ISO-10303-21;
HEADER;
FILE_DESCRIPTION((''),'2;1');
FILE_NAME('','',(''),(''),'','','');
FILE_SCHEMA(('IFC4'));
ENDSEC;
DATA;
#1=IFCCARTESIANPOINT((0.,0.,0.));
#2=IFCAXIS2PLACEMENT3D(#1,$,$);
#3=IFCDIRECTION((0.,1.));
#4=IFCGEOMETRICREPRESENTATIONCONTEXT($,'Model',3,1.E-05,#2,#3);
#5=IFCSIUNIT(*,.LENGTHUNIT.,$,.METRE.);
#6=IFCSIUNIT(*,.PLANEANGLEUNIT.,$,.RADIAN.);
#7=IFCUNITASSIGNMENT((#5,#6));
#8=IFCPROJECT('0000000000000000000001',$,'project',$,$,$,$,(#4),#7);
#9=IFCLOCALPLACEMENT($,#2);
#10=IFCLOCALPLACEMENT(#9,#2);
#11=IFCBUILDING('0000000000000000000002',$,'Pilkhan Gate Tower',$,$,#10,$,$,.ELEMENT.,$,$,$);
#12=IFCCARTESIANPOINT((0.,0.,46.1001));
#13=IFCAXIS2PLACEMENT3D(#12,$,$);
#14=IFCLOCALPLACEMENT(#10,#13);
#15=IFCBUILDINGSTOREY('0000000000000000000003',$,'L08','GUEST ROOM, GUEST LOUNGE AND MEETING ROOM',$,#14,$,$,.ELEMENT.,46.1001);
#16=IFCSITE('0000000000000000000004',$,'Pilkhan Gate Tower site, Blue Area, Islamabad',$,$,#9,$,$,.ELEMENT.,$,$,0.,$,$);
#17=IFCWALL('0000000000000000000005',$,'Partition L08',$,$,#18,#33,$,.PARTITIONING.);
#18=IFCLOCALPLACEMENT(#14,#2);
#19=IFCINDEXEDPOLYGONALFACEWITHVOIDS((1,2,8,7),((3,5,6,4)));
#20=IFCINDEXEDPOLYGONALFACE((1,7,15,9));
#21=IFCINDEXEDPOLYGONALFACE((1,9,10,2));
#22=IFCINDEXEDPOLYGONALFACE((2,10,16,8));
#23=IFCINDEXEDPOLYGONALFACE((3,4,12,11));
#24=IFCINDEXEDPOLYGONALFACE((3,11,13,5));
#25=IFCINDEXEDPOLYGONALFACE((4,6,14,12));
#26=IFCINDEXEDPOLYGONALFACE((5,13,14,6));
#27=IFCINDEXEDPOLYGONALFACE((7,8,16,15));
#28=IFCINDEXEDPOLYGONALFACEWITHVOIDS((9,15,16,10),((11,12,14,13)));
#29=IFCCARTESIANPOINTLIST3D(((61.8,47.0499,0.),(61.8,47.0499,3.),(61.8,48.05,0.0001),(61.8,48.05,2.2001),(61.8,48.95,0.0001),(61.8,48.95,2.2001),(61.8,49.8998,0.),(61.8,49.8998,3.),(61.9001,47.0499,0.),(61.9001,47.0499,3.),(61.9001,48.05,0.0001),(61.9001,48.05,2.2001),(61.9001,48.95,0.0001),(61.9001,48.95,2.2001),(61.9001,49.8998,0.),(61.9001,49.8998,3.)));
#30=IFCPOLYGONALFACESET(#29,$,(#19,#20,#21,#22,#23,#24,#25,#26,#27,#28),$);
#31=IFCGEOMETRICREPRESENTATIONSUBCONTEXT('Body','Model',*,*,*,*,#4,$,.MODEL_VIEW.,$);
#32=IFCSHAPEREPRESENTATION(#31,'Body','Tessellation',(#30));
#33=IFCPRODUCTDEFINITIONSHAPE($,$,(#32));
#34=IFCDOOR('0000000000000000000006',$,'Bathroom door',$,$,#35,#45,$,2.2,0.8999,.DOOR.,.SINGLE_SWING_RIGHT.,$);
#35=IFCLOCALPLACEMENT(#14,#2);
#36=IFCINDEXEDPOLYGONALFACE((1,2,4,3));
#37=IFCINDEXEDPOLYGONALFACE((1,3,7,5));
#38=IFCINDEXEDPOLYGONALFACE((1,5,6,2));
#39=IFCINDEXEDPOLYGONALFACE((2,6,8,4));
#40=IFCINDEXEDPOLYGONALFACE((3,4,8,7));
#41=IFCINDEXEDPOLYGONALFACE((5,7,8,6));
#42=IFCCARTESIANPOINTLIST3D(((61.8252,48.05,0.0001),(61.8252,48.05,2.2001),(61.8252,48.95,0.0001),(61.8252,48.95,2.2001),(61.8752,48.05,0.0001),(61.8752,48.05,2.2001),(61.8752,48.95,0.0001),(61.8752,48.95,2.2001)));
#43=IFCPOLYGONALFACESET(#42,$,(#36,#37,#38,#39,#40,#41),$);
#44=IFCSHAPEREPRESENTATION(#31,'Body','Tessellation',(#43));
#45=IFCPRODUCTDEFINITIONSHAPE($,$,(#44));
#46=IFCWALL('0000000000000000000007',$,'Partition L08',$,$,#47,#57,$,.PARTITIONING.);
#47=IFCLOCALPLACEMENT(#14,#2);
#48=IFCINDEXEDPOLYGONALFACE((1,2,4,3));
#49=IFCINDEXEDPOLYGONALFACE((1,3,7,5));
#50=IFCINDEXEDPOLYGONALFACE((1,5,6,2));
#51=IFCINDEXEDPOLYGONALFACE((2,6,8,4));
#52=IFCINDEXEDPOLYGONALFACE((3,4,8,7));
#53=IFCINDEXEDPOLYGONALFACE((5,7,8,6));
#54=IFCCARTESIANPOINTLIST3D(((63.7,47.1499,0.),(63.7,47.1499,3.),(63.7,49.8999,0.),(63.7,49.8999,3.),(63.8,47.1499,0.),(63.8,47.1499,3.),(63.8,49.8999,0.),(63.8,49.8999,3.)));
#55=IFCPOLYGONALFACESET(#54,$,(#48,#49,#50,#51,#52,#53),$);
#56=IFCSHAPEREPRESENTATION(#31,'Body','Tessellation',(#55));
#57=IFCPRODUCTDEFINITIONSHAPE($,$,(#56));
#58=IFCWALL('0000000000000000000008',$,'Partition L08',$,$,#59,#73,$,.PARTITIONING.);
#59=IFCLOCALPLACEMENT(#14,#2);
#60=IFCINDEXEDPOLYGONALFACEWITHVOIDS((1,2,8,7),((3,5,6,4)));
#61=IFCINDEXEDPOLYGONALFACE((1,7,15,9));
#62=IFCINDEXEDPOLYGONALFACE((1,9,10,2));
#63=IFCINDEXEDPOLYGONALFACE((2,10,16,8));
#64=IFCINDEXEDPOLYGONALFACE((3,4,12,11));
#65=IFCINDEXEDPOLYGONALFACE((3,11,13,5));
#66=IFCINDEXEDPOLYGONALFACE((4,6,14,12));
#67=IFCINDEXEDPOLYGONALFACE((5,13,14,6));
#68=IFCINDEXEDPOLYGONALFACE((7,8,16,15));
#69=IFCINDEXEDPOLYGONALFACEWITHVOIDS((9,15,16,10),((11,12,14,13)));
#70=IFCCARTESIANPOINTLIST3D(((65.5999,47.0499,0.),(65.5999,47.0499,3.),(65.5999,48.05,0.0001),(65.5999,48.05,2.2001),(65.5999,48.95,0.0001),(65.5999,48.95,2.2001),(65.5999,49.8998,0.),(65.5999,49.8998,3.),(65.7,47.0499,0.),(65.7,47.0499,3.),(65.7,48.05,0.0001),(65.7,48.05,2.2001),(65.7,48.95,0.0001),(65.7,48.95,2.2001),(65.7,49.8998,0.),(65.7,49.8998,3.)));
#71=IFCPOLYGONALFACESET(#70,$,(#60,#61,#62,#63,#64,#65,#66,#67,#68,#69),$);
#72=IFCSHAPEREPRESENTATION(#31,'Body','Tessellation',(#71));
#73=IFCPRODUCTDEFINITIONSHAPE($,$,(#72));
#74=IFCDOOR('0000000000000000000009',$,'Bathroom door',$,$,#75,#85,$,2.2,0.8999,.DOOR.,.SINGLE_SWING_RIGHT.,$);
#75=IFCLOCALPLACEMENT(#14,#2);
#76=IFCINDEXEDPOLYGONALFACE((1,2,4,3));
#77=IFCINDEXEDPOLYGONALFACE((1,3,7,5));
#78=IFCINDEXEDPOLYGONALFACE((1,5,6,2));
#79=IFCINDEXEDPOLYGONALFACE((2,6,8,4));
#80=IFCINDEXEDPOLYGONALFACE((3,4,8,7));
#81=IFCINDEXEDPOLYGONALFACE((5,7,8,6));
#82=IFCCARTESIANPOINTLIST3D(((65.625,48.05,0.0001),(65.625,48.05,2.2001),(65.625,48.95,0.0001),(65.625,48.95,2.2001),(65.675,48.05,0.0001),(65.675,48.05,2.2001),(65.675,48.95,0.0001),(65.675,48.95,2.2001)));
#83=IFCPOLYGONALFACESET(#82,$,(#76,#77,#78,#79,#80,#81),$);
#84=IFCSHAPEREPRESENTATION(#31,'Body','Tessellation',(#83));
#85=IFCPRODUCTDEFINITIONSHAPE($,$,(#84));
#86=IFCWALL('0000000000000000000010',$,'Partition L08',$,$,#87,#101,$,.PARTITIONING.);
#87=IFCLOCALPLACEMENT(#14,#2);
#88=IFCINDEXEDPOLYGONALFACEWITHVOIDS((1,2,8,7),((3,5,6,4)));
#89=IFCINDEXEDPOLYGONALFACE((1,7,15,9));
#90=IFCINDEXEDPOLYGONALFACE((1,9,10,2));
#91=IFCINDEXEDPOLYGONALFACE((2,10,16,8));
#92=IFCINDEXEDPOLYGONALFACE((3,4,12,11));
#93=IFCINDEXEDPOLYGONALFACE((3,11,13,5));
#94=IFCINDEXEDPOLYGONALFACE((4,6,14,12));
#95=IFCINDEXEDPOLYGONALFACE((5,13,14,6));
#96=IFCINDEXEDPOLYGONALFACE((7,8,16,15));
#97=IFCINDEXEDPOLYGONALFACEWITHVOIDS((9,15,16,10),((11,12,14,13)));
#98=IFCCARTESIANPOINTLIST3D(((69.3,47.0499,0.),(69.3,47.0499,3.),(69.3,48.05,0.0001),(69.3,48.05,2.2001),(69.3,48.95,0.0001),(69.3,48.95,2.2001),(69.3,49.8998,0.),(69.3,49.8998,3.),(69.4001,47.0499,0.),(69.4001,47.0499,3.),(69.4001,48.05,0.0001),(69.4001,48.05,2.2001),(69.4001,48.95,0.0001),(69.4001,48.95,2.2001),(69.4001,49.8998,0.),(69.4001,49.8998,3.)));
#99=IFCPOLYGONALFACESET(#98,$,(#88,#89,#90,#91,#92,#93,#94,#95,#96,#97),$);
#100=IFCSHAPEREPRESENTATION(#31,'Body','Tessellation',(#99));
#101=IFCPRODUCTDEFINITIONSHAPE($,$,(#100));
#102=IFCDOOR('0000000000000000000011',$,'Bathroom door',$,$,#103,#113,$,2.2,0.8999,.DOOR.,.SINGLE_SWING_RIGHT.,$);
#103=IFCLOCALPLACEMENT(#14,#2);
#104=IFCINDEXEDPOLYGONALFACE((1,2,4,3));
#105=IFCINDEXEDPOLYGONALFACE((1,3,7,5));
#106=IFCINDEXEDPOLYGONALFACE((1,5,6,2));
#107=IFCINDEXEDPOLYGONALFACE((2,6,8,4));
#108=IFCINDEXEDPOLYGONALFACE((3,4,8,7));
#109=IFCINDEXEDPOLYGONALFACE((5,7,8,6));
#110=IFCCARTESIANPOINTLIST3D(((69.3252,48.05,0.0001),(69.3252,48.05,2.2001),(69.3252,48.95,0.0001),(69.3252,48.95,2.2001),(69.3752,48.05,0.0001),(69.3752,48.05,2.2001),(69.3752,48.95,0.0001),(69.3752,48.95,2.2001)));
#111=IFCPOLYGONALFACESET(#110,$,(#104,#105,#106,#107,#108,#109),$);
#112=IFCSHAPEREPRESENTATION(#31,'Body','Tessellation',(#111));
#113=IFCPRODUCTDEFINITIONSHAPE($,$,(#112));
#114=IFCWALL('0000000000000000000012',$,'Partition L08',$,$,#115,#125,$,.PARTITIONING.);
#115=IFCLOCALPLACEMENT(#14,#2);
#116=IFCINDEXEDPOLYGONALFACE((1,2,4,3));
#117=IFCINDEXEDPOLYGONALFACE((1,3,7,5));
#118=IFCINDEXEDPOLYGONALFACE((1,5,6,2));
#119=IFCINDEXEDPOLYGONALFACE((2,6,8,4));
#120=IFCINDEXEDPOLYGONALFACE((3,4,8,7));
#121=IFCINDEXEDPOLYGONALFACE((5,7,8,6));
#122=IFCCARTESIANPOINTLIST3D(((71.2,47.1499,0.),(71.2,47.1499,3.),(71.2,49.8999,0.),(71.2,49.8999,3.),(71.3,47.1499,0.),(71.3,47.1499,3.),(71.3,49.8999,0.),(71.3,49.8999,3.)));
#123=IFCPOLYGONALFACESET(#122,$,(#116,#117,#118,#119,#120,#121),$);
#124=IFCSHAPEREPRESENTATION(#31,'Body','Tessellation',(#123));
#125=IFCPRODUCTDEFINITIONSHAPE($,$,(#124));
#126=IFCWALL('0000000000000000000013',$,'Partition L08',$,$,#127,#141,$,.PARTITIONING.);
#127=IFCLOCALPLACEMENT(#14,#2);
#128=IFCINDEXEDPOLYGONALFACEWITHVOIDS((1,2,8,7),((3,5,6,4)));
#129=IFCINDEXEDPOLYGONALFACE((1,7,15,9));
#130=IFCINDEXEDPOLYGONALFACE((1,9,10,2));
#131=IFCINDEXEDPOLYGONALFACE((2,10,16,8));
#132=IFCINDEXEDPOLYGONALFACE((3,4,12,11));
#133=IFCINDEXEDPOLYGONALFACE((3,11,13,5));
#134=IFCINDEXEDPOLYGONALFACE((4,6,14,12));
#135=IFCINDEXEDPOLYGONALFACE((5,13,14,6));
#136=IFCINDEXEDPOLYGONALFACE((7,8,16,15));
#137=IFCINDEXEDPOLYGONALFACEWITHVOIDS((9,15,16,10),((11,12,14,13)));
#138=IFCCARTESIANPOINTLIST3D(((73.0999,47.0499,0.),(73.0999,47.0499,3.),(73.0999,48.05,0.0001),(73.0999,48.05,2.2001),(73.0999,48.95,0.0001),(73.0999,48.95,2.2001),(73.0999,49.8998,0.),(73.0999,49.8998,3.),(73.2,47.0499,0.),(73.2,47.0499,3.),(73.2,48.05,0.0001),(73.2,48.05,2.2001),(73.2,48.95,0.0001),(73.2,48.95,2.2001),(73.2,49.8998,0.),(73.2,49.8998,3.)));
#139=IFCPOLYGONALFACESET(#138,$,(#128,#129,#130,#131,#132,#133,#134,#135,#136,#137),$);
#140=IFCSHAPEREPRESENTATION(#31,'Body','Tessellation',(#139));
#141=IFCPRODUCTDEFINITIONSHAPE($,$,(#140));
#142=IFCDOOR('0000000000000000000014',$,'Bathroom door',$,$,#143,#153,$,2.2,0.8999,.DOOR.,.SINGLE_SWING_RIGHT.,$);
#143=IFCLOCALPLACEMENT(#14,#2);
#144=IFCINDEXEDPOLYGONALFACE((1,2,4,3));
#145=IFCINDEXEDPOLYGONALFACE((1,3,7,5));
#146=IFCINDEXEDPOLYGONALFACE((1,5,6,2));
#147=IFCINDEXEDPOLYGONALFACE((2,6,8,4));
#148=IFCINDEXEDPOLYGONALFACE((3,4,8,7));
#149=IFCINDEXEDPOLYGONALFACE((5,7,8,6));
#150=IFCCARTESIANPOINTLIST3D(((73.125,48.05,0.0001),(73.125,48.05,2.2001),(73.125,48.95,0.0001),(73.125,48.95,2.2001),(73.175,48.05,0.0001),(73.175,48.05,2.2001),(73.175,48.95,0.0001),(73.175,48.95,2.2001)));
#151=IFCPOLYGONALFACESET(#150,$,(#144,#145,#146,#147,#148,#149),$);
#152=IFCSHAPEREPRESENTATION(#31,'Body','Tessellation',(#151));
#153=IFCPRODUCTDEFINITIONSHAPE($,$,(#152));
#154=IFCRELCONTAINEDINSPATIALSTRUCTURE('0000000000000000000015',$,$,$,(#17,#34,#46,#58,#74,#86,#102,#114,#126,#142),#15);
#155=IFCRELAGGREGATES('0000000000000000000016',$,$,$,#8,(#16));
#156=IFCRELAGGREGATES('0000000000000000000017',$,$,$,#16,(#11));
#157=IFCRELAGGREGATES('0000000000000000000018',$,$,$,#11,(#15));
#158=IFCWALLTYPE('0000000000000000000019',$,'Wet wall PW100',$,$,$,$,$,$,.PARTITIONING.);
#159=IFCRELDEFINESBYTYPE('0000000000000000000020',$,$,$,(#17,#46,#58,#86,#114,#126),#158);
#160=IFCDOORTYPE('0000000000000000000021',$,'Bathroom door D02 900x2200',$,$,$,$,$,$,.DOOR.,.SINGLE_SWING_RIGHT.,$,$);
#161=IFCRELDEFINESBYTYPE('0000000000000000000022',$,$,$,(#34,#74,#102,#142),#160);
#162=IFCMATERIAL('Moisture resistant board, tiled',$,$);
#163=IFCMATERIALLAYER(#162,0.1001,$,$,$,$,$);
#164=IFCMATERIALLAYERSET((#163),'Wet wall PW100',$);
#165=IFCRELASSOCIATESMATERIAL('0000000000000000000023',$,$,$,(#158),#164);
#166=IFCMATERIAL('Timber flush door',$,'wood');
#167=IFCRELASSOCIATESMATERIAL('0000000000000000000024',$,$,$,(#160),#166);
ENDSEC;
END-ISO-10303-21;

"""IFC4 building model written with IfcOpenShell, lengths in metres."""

from ifc_helpers import new_model, si_unit, direction, frame, frame_2d, origin, place, context, subcontext, project, spatial, rectangle, extrude, material, layer, layer_set, type_object, element, fill, save


model = new_model("IFC4")

# Units and contexts
model_context = context("Model", 3, precision=1e-05, world=origin(), true_north=direction((0.0, 1.0)))
body_context = subcontext(model_context, "Body", "Model", "MODEL_VIEW")
ifc_project = project(units=[si_unit("LENGTHUNIT", "METRE"), si_unit("PLANEANGLEUNIT", "RADIAN")], contexts=[model_context])

# Site, building, storey
site_placement = place(None, origin())
site = spatial("IfcSite", under=ifc_project, at=site_placement, Name="Pilkhan Gate Tower site, Blue Area, Islamabad", CompositionType="ELEMENT", RefElevation=0.0)
building_placement = place(site_placement, origin())
building = spatial("IfcBuilding", under=site, at=building_placement, Name="Pilkhan Gate Tower", CompositionType="ELEMENT")
storey_placement = place(building_placement, frame((0.0, 0.0, 46.1001)))
storey = spatial("IfcBuildingStorey", under=building, at=storey_placement, Name="L08", Description="GUEST ROOM, GUEST LOUNGE AND MEETING ROOM", CompositionType="ELEMENT", Elevation=46.1001)

# Shared definitions
ifc_material_1 = material(Name="Moisture resistant board, tiled")
ifc_layer_1 = layer(ifc_material_1, 0.1001)
ifc_layer_set_1 = layer_set([ifc_layer_1], Name="Wet wall PW100")
wall_type_1 = type_object("IfcWallType", Name="Wet wall PW100", PredefinedType="PARTITIONING", material=ifc_layer_set_1)

# Wall, opening, door
wall_1_placement = place(storey_placement, frame((61.8501, 47.05, 0.0), z_axis=(0.0, 0.0, 1.0), x_axis=(0.0, 1.0, 0.0)))
wall_1 = element("IfcWall", 1, at=wall_1_placement, inside=storey, type_object=wall_type_1, Name="Partition L08", PredefinedType="PARTITIONING", context=body_context, shape_type="SweptSolid", body=[
    extrude(rectangle(XDim=2.8499, YDim=0.1001, at=frame_2d((1.4248, 0.0))), origin(), (0.0, 0.0, 1.0), 3.0),
])
opening_1_placement = place(wall_1_placement, frame((1.0, 0.0, 0.0)))
opening_1 = element("IfcOpeningElement", 2, at=opening_1_placement, cuts=wall_1, PredefinedType="OPENING", context=body_context, shape_type="SweptSolid", body=[
    extrude(rectangle(XDim=0.8999, YDim=2.2, at=frame_2d((0.45, 1.1001))), frame((0.0, 0.0601, 0.0), z_axis=(0.0, -1.0, 0.0), x_axis=(1.0, 0.0, 0.0)), (0.0, 0.0, 1.0), 0.1201),
])
ifc_material_2 = material(Name="Timber flush door", Category="wood")
door_type_1 = type_object("IfcDoorType", Name="Bathroom door D02 900x2200", OperationType="SINGLE_SWING_RIGHT", PredefinedType="DOOR", material=ifc_material_2)
door_1_placement = place(opening_1_placement, origin())
door_1 = element("IfcDoor", 3, at=door_1_placement, inside=storey, type_object=door_type_1, Name="Bathroom door", OperationType="SINGLE_SWING_RIGHT", OverallHeight=2.2, OverallWidth=0.8999, PredefinedType="DOOR", context=body_context, shape_type="SweptSolid", body=[
    extrude(rectangle(XDim=0.8999, YDim=2.2, at=frame_2d((0.45, 1.1001))), frame((0.0, 0.0249, 0.0), z_axis=(0.0, -1.0, 0.0), x_axis=(1.0, 0.0, 0.0)), (0.0, 0.0, 1.0), 0.05),
])
fill(opening_1, door_1)

# Wall
wall_2_placement = place(storey_placement, frame((63.75, 47.1499, 0.0), z_axis=(0.0, 0.0, 1.0), x_axis=(0.0, 1.0, 0.0)))
element("IfcWall", 4, at=wall_2_placement, inside=storey, type_object=wall_type_1, Name="Partition L08", PredefinedType="PARTITIONING", context=body_context, shape_type="SweptSolid", body=[
    extrude(rectangle(XDim=2.75, YDim=0.1001, at=frame_2d((1.375, 0.0))), origin(), (0.0, 0.0, 1.0), 3.0),
])

# Walls, openings, doors
wall_3_placement = place(storey_placement, frame((65.6499, 47.05, 0.0), z_axis=(0.0, 0.0, 1.0), x_axis=(0.0, 1.0, 0.0)))
wall_3 = element("IfcWall", 5, at=wall_3_placement, inside=storey, type_object=wall_type_1, Name="Partition L08", PredefinedType="PARTITIONING", context=body_context, shape_type="SweptSolid", body=[
    extrude(rectangle(XDim=2.8499, YDim=0.1001, at=frame_2d((1.4248, 0.0))), origin(), (0.0, 0.0, 1.0), 3.0),
])
opening_2_placement = place(wall_3_placement, frame((1.0, 0.0, 0.0)))
opening_2 = element("IfcOpeningElement", 6, at=opening_2_placement, cuts=wall_3, PredefinedType="OPENING", context=body_context, shape_type="SweptSolid", body=[
    extrude(rectangle(XDim=0.8999, YDim=2.2, at=frame_2d((0.45, 1.1001))), frame((0.0, 0.0601, 0.0), z_axis=(0.0, -1.0, 0.0), x_axis=(1.0, 0.0, 0.0)), (0.0, 0.0, 1.0), 0.1201),
])
door_2_placement = place(opening_2_placement, origin())
door_2 = element("IfcDoor", 7, at=door_2_placement, inside=storey, type_object=door_type_1, Name="Bathroom door", OperationType="SINGLE_SWING_RIGHT", OverallHeight=2.2, OverallWidth=0.8999, PredefinedType="DOOR", context=body_context, shape_type="SweptSolid", body=[
    extrude(rectangle(XDim=0.8999, YDim=2.2, at=frame_2d((0.45, 1.1001))), frame((0.0, 0.0249, 0.0), z_axis=(0.0, -1.0, 0.0), x_axis=(1.0, 0.0, 0.0)), (0.0, 0.0, 1.0), 0.05),
])
fill(opening_2, door_2)
wall_4_placement = place(storey_placement, frame((69.3501, 47.05, 0.0), z_axis=(0.0, 0.0, 1.0), x_axis=(0.0, 1.0, 0.0)))
wall_4 = element("IfcWall", 8, at=wall_4_placement, inside=storey, type_object=wall_type_1, Name="Partition L08", PredefinedType="PARTITIONING", context=body_context, shape_type="SweptSolid", body=[
    extrude(rectangle(XDim=2.8499, YDim=0.1001, at=frame_2d((1.4248, 0.0))), origin(), (0.0, 0.0, 1.0), 3.0),
])
opening_3_placement = place(wall_4_placement, frame((1.0, 0.0, 0.0)))
opening_3 = element("IfcOpeningElement", 9, at=opening_3_placement, cuts=wall_4, PredefinedType="OPENING", context=body_context, shape_type="SweptSolid", body=[
    extrude(rectangle(XDim=0.8999, YDim=2.2, at=frame_2d((0.45, 1.1001))), frame((0.0, 0.0601, 0.0), z_axis=(0.0, -1.0, 0.0), x_axis=(1.0, 0.0, 0.0)), (0.0, 0.0, 1.0), 0.1201),
])
door_3_placement = place(opening_3_placement, origin())
door_3 = element("IfcDoor", 10, at=door_3_placement, inside=storey, type_object=door_type_1, Name="Bathroom door", OperationType="SINGLE_SWING_RIGHT", OverallHeight=2.2, OverallWidth=0.8999, PredefinedType="DOOR", context=body_context, shape_type="SweptSolid", body=[
    extrude(rectangle(XDim=0.8999, YDim=2.2, at=frame_2d((0.45, 1.1001))), frame((0.0, 0.0249, 0.0), z_axis=(0.0, -1.0, 0.0), x_axis=(1.0, 0.0, 0.0)), (0.0, 0.0, 1.0), 0.05),
])
fill(opening_3, door_3)

# Wall
wall_5_placement = place(storey_placement, frame((71.25, 47.1499, 0.0), z_axis=(0.0, 0.0, 1.0), x_axis=(0.0, 1.0, 0.0)))
element("IfcWall", 11, at=wall_5_placement, inside=storey, type_object=wall_type_1, Name="Partition L08", PredefinedType="PARTITIONING", context=body_context, shape_type="SweptSolid", body=[
    extrude(rectangle(XDim=2.75, YDim=0.1001, at=frame_2d((1.375, 0.0))), origin(), (0.0, 0.0, 1.0), 3.0),
])

# Wall, opening, door
wall_6_placement = place(storey_placement, frame((73.1499, 47.05, 0.0), z_axis=(0.0, 0.0, 1.0), x_axis=(0.0, 1.0, 0.0)))
wall_6 = element("IfcWall", 12, at=wall_6_placement, inside=storey, type_object=wall_type_1, Name="Partition L08", PredefinedType="PARTITIONING", context=body_context, shape_type="SweptSolid", body=[
    extrude(rectangle(XDim=2.8499, YDim=0.1001, at=frame_2d((1.4248, 0.0))), origin(), (0.0, 0.0, 1.0), 3.0),
])
opening_4_placement = place(wall_6_placement, frame((1.0, 0.0, 0.0)))
opening_4 = element("IfcOpeningElement", 13, at=opening_4_placement, cuts=wall_6, PredefinedType="OPENING", context=body_context, shape_type="SweptSolid", body=[
    extrude(rectangle(XDim=0.8999, YDim=2.2, at=frame_2d((0.45, 1.1001))), frame((0.0, 0.0601, 0.0), z_axis=(0.0, -1.0, 0.0), x_axis=(1.0, 0.0, 0.0)), (0.0, 0.0, 1.0), 0.1201),
])
door_4_placement = place(opening_4_placement, origin())
door_4 = element("IfcDoor", 14, at=door_4_placement, inside=storey, type_object=door_type_1, Name="Bathroom door", OperationType="SINGLE_SWING_RIGHT", OverallHeight=2.2, OverallWidth=0.8999, PredefinedType="DOOR", context=body_context, shape_type="SweptSolid", body=[
    extrude(rectangle(XDim=0.8999, YDim=2.2, at=frame_2d((0.45, 1.1001))), frame((0.0, 0.0249, 0.0), z_axis=(0.0, -1.0, 0.0), x_axis=(1.0, 0.0, 0.0)), (0.0, 0.0, 1.0), 0.05),
])
fill(opening_4, door_4)

save(model, "model.ifc")
